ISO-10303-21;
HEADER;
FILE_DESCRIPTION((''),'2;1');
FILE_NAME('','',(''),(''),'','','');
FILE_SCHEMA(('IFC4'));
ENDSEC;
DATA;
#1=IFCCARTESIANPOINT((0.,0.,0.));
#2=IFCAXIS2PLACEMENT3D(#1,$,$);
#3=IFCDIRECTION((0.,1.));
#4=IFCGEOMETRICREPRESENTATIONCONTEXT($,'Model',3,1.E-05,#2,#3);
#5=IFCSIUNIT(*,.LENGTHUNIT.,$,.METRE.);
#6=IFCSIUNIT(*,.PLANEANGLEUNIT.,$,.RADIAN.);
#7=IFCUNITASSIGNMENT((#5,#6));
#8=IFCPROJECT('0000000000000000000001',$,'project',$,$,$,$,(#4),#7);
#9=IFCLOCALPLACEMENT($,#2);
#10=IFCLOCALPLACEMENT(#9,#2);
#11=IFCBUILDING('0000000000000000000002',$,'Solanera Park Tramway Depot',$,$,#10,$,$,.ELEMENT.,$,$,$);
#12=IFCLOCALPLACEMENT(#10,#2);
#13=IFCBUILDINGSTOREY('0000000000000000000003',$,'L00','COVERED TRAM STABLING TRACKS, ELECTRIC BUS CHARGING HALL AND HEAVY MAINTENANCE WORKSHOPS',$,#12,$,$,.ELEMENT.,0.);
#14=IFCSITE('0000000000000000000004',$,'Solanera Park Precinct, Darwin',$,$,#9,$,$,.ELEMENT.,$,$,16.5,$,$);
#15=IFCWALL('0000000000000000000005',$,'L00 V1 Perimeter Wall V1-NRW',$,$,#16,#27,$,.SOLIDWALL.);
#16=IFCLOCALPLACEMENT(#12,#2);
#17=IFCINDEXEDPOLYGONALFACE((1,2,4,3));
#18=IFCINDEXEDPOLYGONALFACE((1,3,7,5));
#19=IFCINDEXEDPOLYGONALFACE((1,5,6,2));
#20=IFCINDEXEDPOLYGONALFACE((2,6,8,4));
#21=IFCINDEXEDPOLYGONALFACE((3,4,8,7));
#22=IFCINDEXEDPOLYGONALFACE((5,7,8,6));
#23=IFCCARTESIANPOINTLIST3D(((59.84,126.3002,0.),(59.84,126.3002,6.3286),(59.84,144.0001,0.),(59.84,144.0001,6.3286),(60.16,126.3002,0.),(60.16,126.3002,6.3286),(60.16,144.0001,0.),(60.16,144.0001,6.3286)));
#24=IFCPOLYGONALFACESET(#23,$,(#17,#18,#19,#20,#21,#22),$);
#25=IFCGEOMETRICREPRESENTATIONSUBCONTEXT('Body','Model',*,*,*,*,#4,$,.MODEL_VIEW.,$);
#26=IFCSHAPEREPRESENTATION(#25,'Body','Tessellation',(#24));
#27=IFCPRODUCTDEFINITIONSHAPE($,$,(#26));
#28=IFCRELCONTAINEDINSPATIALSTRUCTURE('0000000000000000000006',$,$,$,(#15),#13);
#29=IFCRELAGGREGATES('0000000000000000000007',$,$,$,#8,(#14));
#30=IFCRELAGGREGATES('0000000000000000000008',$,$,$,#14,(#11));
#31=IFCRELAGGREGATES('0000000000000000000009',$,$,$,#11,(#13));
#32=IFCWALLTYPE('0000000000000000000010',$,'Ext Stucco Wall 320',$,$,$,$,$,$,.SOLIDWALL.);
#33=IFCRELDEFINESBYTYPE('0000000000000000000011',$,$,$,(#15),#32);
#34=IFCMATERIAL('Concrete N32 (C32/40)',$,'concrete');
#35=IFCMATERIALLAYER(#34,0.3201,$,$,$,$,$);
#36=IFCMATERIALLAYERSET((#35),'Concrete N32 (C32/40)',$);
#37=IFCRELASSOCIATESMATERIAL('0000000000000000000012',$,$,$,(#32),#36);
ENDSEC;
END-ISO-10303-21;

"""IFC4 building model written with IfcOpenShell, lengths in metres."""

from ifc_helpers import new_model, si_unit, direction, frame, frame_2d, origin, place, context, subcontext, project, spatial, rectangle, extrude, material, layer, layer_set, type_object, element, save


model = new_model("IFC4")

# Units and contexts
model_context = context("Model", 3, precision=1e-05, world=origin(), true_north=direction((0.0, 1.0)))
body_context = subcontext(model_context, "Body", "Model", "MODEL_VIEW")
ifc_project = project(units=[si_unit("LENGTHUNIT", "METRE"), si_unit("PLANEANGLEUNIT", "RADIAN")], contexts=[model_context])

# Site, building, storey
site_placement = place(None, origin())
site = spatial("IfcSite", under=ifc_project, at=site_placement, Name="Solanera Park Precinct, Darwin", CompositionType="ELEMENT", RefElevation=16.5)
building_placement = place(site_placement, origin())
building = spatial("IfcBuilding", under=site, at=building_placement, Name="Solanera Park Tramway Depot", CompositionType="ELEMENT")
storey_placement = place(building_placement, origin())
storey = spatial("IfcBuildingStorey", under=building, at=storey_placement, Name="L00", Description="COVERED TRAM STABLING TRACKS, ELECTRIC BUS CHARGING HALL AND HEAVY MAINTENANCE WORKSHOPS", CompositionType="ELEMENT", Elevation=0.0)

# Wall
ifc_material_1 = material(Name="Concrete N32 (C32/40)", Category="concrete")
ifc_layer_1 = layer(ifc_material_1, 0.3201)
ifc_layer_set_1 = layer_set([ifc_layer_1], Name="Concrete N32 (C32/40)")
wall_type = type_object("IfcWallType", Name="Ext Stucco Wall 320", PredefinedType="SOLIDWALL", material=ifc_layer_set_1)
wall_placement = place(storey_placement, frame((60.0, 126.3, 0.0), z_axis=(0.0, 0.0, 1.0), x_axis=(0.0, 1.0, 0.0)))
element("IfcWall", 1, at=wall_placement, inside=storey, type_object=wall_type, Name="L00 V1 Perimeter Wall V1-NRW", PredefinedType="SOLIDWALL", context=body_context, shape_type="SweptSolid", body=[
    extrude(rectangle(XDim=17.7, YDim=0.3201, at=frame_2d((8.8501, 0.0))), origin(), (0.0, 0.0, 1.0), 6.3286),
])

save(model, "model.ifc")
